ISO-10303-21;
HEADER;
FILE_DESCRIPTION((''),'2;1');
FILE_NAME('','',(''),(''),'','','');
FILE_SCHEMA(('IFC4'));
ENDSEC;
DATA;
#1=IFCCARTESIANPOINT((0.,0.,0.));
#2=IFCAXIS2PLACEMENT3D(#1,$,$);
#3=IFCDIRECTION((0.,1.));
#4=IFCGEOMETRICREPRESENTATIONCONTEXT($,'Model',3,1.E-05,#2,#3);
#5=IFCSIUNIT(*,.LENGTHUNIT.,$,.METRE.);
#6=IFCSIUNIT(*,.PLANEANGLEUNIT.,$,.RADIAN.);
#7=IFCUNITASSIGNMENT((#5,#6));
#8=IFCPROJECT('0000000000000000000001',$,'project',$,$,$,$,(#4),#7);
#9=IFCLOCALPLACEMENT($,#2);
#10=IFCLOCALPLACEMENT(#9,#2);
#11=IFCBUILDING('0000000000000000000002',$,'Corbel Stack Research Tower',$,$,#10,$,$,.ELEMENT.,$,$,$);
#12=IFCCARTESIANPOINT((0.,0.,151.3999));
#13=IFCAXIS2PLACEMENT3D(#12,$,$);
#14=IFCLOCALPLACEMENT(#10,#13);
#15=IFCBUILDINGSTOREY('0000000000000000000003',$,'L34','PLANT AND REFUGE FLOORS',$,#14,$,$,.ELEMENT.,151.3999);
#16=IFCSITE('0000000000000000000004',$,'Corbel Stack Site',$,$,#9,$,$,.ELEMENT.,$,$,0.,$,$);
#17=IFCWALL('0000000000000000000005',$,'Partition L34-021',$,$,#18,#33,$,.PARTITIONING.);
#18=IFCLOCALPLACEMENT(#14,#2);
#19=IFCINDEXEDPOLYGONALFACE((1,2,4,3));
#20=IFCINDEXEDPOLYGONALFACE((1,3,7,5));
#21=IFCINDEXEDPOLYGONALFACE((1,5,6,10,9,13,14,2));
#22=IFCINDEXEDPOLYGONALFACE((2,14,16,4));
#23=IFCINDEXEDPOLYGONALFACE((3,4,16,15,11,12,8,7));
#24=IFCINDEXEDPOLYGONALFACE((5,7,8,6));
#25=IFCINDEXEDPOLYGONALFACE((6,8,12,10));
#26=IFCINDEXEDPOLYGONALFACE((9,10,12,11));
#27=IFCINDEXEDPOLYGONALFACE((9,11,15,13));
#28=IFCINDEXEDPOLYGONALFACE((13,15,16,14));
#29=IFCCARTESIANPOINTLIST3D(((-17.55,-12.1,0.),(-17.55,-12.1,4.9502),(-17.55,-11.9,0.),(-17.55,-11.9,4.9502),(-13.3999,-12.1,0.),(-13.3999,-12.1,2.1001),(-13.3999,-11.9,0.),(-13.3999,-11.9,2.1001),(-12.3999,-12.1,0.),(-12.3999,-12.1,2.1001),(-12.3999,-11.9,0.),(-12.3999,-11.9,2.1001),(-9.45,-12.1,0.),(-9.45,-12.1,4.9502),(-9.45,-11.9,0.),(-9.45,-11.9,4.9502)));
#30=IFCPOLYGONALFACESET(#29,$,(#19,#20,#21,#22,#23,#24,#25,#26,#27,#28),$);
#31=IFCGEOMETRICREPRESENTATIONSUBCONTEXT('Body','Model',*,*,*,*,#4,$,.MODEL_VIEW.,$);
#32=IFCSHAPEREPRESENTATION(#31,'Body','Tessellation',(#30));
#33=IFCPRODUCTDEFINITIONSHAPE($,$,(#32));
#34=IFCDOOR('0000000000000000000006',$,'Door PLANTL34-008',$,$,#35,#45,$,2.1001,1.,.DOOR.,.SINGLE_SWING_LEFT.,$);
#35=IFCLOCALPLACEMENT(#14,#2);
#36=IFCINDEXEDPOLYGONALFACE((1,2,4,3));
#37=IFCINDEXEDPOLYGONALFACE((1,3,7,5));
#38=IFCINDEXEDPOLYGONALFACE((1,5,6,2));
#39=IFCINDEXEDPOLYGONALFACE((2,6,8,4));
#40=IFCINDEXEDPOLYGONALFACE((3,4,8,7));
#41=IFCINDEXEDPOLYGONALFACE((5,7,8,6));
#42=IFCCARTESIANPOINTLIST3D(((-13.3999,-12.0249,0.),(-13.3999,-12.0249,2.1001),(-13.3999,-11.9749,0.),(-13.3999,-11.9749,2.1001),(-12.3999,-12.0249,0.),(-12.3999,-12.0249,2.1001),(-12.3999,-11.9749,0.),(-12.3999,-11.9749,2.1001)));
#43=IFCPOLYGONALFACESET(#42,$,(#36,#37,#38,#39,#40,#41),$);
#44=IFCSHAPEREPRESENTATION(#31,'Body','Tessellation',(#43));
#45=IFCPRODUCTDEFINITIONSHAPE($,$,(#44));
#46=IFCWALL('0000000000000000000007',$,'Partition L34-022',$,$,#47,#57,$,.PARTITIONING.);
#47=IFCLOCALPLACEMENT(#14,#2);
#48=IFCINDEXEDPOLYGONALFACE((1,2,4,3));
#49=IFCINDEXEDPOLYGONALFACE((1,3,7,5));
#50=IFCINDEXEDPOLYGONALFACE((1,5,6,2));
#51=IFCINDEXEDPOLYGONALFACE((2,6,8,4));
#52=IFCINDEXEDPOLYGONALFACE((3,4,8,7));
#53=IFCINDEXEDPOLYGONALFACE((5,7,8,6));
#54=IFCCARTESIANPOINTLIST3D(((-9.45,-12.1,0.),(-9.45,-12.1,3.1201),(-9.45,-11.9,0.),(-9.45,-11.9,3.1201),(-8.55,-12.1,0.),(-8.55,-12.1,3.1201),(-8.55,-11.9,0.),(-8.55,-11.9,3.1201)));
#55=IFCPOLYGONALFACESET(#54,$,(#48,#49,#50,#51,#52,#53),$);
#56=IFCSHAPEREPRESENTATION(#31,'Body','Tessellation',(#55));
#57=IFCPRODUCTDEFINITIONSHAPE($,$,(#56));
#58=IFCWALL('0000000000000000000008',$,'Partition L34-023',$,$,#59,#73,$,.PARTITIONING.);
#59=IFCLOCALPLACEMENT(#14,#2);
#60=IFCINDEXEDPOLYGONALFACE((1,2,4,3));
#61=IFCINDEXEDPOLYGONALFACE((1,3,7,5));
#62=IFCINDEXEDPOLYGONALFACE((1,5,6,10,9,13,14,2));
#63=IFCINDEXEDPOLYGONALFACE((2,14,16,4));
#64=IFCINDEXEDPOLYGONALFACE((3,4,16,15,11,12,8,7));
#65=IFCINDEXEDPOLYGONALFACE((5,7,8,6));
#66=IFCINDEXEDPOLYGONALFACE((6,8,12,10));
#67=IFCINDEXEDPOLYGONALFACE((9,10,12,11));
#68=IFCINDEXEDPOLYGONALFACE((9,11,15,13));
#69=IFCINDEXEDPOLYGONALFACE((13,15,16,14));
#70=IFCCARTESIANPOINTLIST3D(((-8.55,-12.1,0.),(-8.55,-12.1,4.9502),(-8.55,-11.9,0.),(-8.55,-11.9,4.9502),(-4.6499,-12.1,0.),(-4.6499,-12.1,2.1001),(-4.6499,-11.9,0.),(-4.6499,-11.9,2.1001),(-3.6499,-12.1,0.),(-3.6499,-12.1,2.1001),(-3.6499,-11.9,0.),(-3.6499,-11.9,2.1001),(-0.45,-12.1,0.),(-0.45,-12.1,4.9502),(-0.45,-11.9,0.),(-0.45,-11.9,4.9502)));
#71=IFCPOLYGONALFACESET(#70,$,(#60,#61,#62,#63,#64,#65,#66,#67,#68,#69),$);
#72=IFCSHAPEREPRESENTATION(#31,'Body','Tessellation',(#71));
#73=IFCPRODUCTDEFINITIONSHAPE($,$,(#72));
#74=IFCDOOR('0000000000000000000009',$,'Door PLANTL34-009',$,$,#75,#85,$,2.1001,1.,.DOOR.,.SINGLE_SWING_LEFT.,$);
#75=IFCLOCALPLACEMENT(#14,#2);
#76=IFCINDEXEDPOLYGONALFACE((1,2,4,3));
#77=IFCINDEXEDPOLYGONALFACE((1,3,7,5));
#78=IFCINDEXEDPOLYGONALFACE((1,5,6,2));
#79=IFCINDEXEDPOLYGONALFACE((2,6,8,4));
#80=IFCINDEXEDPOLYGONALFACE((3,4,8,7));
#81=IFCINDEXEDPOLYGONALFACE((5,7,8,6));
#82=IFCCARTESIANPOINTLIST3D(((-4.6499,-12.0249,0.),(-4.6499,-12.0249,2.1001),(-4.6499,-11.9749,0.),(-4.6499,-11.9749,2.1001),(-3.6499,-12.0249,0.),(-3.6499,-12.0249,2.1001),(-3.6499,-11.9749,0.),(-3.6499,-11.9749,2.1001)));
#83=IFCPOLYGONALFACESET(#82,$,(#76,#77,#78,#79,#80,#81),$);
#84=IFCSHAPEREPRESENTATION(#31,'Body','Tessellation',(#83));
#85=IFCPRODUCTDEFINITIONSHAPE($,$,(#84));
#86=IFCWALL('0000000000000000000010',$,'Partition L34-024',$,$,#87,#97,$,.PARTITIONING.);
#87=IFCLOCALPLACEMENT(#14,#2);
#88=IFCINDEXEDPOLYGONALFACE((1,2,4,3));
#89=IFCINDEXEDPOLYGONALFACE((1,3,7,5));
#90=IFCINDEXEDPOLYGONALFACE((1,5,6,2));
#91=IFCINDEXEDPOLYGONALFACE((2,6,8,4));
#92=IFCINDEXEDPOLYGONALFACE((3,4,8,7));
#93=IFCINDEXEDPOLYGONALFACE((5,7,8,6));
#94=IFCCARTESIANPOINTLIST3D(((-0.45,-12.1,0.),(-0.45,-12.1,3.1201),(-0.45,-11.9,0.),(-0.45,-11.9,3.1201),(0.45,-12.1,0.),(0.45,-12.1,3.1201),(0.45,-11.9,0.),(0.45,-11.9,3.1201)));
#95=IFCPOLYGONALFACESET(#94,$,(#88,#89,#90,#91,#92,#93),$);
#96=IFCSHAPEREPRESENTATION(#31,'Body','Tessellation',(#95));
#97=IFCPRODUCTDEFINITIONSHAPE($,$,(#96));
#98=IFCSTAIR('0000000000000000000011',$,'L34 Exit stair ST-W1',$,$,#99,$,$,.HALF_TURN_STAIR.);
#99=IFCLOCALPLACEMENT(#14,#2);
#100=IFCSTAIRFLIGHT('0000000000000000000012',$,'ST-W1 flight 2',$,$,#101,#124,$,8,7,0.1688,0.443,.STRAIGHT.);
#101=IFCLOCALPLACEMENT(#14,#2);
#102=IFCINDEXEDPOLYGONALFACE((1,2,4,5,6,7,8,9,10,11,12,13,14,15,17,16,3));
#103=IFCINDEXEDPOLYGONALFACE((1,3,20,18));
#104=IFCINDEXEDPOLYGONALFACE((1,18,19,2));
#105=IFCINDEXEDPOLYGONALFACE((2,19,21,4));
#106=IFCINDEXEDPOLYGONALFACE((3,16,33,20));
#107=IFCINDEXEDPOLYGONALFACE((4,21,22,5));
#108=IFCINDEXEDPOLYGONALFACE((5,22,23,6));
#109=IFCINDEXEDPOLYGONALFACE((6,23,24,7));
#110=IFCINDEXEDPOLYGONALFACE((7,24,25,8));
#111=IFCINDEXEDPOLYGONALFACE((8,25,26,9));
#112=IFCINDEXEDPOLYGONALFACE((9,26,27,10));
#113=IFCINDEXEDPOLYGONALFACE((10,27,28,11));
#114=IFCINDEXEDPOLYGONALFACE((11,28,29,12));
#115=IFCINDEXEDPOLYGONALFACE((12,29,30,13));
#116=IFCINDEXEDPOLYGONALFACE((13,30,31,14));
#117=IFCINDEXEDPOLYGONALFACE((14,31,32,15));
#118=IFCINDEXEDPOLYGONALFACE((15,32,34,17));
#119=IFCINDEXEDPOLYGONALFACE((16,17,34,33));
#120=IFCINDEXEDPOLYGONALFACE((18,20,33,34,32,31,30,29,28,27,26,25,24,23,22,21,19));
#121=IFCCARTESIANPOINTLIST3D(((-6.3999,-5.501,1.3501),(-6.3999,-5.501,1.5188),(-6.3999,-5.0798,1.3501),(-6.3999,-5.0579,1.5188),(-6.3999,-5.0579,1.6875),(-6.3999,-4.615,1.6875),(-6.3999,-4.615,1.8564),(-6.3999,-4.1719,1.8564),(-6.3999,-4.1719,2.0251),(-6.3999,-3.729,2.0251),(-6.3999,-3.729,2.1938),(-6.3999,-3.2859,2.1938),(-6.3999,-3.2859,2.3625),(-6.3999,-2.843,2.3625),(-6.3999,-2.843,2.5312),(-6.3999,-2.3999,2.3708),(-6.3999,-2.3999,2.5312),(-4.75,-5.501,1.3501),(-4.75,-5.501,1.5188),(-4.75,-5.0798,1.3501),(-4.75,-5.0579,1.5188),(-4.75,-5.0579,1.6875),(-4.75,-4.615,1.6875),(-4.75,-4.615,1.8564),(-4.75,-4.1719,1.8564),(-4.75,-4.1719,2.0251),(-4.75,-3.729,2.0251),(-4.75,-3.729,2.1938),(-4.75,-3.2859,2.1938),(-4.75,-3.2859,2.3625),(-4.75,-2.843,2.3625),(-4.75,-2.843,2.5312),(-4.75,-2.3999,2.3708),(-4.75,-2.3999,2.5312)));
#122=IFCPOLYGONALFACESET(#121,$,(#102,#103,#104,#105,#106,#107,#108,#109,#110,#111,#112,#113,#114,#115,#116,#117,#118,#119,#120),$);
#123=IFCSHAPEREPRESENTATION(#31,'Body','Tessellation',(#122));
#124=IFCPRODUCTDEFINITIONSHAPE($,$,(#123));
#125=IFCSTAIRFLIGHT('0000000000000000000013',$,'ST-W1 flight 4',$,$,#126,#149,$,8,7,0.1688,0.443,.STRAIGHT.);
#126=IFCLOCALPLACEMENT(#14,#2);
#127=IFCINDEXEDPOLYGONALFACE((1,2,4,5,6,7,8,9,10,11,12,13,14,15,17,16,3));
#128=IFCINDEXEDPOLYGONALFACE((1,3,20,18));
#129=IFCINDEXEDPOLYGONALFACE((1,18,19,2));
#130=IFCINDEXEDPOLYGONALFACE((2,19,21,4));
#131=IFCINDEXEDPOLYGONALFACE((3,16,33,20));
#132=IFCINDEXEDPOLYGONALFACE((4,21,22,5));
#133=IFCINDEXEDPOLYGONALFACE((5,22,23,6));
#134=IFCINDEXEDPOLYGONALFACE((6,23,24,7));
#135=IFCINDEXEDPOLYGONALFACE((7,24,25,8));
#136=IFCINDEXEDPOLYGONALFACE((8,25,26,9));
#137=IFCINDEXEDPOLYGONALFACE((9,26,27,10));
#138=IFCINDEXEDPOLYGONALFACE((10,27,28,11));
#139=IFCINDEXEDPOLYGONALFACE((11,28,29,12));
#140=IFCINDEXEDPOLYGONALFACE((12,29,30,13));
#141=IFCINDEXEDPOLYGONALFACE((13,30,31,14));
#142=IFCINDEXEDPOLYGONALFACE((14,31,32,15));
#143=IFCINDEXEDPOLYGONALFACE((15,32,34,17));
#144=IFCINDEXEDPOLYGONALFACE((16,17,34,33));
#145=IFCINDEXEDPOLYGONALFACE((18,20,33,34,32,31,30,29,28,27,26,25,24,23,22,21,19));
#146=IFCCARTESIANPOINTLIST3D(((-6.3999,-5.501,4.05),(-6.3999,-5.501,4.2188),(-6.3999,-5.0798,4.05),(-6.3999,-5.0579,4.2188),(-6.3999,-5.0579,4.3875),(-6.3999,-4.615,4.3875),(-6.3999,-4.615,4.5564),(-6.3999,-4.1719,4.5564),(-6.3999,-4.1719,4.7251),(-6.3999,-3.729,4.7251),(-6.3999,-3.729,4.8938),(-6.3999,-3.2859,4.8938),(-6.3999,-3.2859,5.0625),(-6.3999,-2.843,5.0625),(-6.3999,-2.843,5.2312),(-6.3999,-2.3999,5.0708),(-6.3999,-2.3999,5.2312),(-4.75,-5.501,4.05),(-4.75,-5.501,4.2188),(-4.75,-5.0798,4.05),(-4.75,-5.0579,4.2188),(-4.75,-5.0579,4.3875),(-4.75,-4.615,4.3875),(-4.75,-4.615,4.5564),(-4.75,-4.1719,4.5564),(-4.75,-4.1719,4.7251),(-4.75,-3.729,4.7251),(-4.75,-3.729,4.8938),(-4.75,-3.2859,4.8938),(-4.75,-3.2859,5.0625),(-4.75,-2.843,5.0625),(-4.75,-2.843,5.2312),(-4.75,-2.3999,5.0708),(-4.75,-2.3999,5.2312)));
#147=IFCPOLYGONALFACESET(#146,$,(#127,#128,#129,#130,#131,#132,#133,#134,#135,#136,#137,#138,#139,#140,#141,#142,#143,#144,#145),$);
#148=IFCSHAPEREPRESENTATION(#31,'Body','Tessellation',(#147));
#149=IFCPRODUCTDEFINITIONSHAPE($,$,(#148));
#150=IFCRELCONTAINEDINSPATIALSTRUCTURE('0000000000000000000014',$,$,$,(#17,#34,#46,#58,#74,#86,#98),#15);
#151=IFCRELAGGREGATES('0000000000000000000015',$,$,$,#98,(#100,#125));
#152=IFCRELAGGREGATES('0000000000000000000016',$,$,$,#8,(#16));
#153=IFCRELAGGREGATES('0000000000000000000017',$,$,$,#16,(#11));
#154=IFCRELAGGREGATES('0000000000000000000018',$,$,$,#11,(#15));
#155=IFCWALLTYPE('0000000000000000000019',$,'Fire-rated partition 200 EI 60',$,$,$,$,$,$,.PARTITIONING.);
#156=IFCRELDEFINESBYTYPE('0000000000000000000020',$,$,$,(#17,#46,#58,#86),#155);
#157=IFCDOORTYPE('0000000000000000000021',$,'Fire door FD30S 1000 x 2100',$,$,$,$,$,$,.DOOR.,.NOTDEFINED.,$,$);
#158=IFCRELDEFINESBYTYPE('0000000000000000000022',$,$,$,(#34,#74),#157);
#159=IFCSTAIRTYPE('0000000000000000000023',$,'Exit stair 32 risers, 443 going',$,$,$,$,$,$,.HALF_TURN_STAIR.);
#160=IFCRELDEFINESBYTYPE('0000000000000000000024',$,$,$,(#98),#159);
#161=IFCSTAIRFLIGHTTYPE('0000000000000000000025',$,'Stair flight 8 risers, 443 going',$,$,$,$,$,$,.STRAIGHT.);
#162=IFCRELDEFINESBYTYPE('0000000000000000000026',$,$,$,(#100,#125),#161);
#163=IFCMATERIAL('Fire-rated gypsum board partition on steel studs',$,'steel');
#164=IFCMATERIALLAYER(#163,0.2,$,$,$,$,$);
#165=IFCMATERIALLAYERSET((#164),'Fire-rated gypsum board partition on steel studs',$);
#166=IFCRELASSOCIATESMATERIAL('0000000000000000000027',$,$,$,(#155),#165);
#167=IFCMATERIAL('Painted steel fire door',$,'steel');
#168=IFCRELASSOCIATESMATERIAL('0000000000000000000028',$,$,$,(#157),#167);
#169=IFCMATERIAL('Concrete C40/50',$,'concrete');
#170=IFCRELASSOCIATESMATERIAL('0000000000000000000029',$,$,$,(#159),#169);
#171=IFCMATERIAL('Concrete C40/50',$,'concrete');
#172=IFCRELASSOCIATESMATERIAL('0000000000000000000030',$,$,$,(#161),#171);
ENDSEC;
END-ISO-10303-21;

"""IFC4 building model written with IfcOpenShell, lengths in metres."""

from ifc_helpers import new_model, si_unit, direction, frame, frame_2d, origin, place, context, subcontext, project, spatial, polyline, rectangle, outline, extrude, material, layer, layer_set, type_object, element, fill, aggregate, save


model = new_model("IFC4")

# Units and contexts
model_context = context("Model", 3, precision=1e-05, world=origin(), true_north=direction((0.0, 1.0)))
body_context = subcontext(model_context, "Body", "Model", "MODEL_VIEW")
ifc_project = project(units=[si_unit("LENGTHUNIT", "METRE"), si_unit("PLANEANGLEUNIT", "RADIAN")], contexts=[model_context])

# Site, building, storey
site_placement = place(None, origin())
site = spatial("IfcSite", under=ifc_project, at=site_placement, Name="Corbel Stack Site", CompositionType="ELEMENT", RefElevation=0.0)
building_placement = place(site_placement, origin())
building = spatial("IfcBuilding", under=site, at=building_placement, Name="Corbel Stack Research Tower", CompositionType="ELEMENT")
storey_placement = place(building_placement, frame((0.0, 0.0, 151.3999)))
storey = spatial("IfcBuildingStorey", under=building, at=storey_placement, Name="L34", Description="PLANT AND REFUGE FLOORS", CompositionType="ELEMENT", Elevation=151.3999)

# Wall, opening, door
ifc_material_1 = material(Name="Fire-rated gypsum board partition on steel studs", Category="steel")
ifc_layer_1 = layer(ifc_material_1, 0.2)
ifc_layer_set_1 = layer_set([ifc_layer_1], Name="Fire-rated gypsum board partition on steel studs")
wall_type_1 = type_object("IfcWallType", Name="Fire-rated partition 200 EI 60", PredefinedType="PARTITIONING", material=ifc_layer_set_1)
wall_1_placement = place(storey_placement, frame((-9.45, -12.0, 0.0), z_axis=(0.0, 0.0, 1.0), x_axis=(-1.0, 0.0, 0.0)))
wall_1 = element("IfcWall", 1, at=wall_1_placement, inside=storey, type_object=wall_type_1, Name="Partition L34-021", PredefinedType="PARTITIONING", context=body_context, shape_type="SweptSolid", body=[
    extrude(rectangle(XDim=8.1001, YDim=0.2, at=frame_2d((4.05, 0.0))), origin(), (0.0, 0.0, 1.0), 4.9502),
])
opening_1_placement = place(wall_1_placement, frame((2.95, 0.0, 0.0)))
opening_1 = element("IfcOpeningElement", 2, at=opening_1_placement, cuts=wall_1, PredefinedType="OPENING", context=body_context, shape_type="SweptSolid", body=[
    extrude(rectangle(XDim=1.0, YDim=2.1001, at=frame_2d((0.5, 1.05))), frame((0.0, 0.1099, 0.0), z_axis=(0.0, -1.0, 0.0), x_axis=(1.0, 0.0, 0.0)), (0.0, 0.0, 1.0), 0.22),
])
ifc_material_2 = material(Name="Painted steel fire door", Category="steel")
door_type_1 = type_object("IfcDoorType", Name="Fire door FD30S 1000 x 2100", OperationType="NOTDEFINED", PredefinedType="DOOR", material=ifc_material_2)
door_1_placement = place(opening_1_placement, origin())
door_1 = element("IfcDoor", 3, at=door_1_placement, inside=storey, type_object=door_type_1, Name="Door PLANTL34-008", OperationType="SINGLE_SWING_LEFT", OverallHeight=2.1001, OverallWidth=1.0, PredefinedType="DOOR", context=body_context, shape_type="SweptSolid", body=[
    extrude(rectangle(XDim=1.0, YDim=2.1001, at=frame_2d((0.5, 1.05))), frame((0.0, 0.0249, 0.0), z_axis=(0.0, -1.0, 0.0), x_axis=(1.0, 0.0, 0.0)), (0.0, 0.0, 1.0), 0.05),
])
fill(opening_1, door_1)

# Wall
wall_2_placement = place(storey_placement, frame((-9.45, -12.0, 0.0), z_axis=(0.0, 0.0, 1.0), x_axis=(1.0, 0.0, 0.0)))
element("IfcWall", 4, at=wall_2_placement, inside=storey, type_object=wall_type_1, Name="Partition L34-022", PredefinedType="PARTITIONING", context=body_context, shape_type="SweptSolid", body=[
    extrude(rectangle(XDim=0.8999, YDim=0.2, at=frame_2d((0.45, 0.0))), origin(), (0.0, 0.0, 1.0), 3.1201),
])

# Wall, opening, door
wall_3_placement = place(storey_placement, frame((-0.45, -12.0, 0.0), z_axis=(0.0, 0.0, 1.0), x_axis=(-1.0, 0.0, 0.0)))
wall_3 = element("IfcWall", 5, at=wall_3_placement, inside=storey, type_object=wall_type_1, Name="Partition L34-023", PredefinedType="PARTITIONING", context=body_context, shape_type="SweptSolid", body=[
    extrude(rectangle(XDim=8.1001, YDim=0.2, at=frame_2d((4.05, 0.0))), origin(), (0.0, 0.0, 1.0), 4.9502),
])
opening_2_placement = place(wall_3_placement, frame((3.2, 0.0, 0.0)))
opening_2 = element("IfcOpeningElement", 6, at=opening_2_placement, cuts=wall_3, PredefinedType="OPENING", context=body_context, shape_type="SweptSolid", body=[
    extrude(rectangle(XDim=1.0, YDim=2.1001, at=frame_2d((0.5, 1.05))), frame((0.0, 0.1099, 0.0), z_axis=(0.0, -1.0, 0.0), x_axis=(1.0, 0.0, 0.0)), (0.0, 0.0, 1.0), 0.22),
])
door_2_placement = place(opening_2_placement, origin())
door_2 = element("IfcDoor", 7, at=door_2_placement, inside=storey, type_object=door_type_1, Name="Door PLANTL34-009", OperationType="SINGLE_SWING_LEFT", OverallHeight=2.1001, OverallWidth=1.0, PredefinedType="DOOR", context=body_context, shape_type="SweptSolid", body=[
    extrude(rectangle(XDim=1.0, YDim=2.1001, at=frame_2d((0.5, 1.05))), frame((0.0, 0.0249, 0.0), z_axis=(0.0, -1.0, 0.0), x_axis=(1.0, 0.0, 0.0)), (0.0, 0.0, 1.0), 0.05),
])
fill(opening_2, door_2)

# Wall
wall_4_placement = place(storey_placement, frame((-0.45, -12.0, 0.0), z_axis=(0.0, 0.0, 1.0), x_axis=(1.0, 0.0, 0.0)))
element("IfcWall", 8, at=wall_4_placement, inside=storey, type_object=wall_type_1, Name="Partition L34-024", PredefinedType="PARTITIONING", context=body_context, shape_type="SweptSolid", body=[
    extrude(rectangle(XDim=0.8999, YDim=0.2, at=frame_2d((0.45, 0.0))), origin(), (0.0, 0.0, 1.0), 3.1201),
])

# Stair, stair flights
ifc_material_3 = material(Name="Concrete C40/50", Category="concrete")
stair_type = type_object("IfcStairType", Name="Exit stair 32 risers, 443 going", PredefinedType="HALF_TURN_STAIR", material=ifc_material_3)
stair_placement = place(storey_placement, origin())
stair = element("IfcStair", 9, at=stair_placement, inside=storey, type_object=stair_type, Name="L34 Exit stair ST-W1", PredefinedType="HALF_TURN_STAIR")
ifc_material_4 = material(Name="Concrete C40/50", Category="concrete")
stair_flight_type = type_object("IfcStairFlightType", Name="Stair flight 8 risers, 443 going", PredefinedType="STRAIGHT", material=ifc_material_4)
stair_flight_1_placement = place(storey_placement, frame((-5.575, -5.501, 1.3501), z_axis=(0.0, 0.0, 1.0), x_axis=(0.0, 1.0, 0.0)))
stair_flight_1 = element("IfcStairFlight", 10, at=stair_flight_1_placement, type_object=stair_flight_type, Name="ST-W1 flight 2", NumberOfRisers=8, NumberOfTreads=7, PredefinedType="STRAIGHT", RiserHeight=0.1688, TreadLength=0.443, context=body_context, shape_type="SweptSolid", body=[
    extrude(outline(polyline([(0.0, 0.0), (0.0, 0.1687), (0.4431, 0.1687), (0.4431, 0.3374), (0.886, 0.3374), (0.886, 0.5063), (1.3291, 0.5063), (1.3291, 0.675), (1.772, 0.675), (1.772, 0.8438), (2.2151, 0.8438), (2.2151, 1.0125), (2.658, 1.0125), (2.658, 1.1812), (3.1011, 1.1812), (3.1011, 1.3501), (3.1011, 1.0208), (0.4211, 0.0), (0.0, 0.0)])), frame((0.0, 0.825, 0.0), z_axis=(0.0, -1.0, 0.0), x_axis=(1.0, 0.0, 0.0)), (0.0, 0.0, 1.0), 1.6499),
])
stair_flight_2_placement = place(storey_placement, frame((-5.575, -5.501, 4.05), z_axis=(0.0, 0.0, 1.0), x_axis=(0.0, 1.0, 0.0)))
stair_flight_2 = element("IfcStairFlight", 11, at=stair_flight_2_placement, type_object=stair_flight_type, Name="ST-W1 flight 4", NumberOfRisers=8, NumberOfTreads=7, PredefinedType="STRAIGHT", RiserHeight=0.1688, TreadLength=0.443, context=body_context, shape_type="SweptSolid", body=[
    extrude(outline(polyline([(0.0, 0.0), (0.0, 0.1687), (0.4431, 0.1687), (0.4431, 0.3374), (0.886, 0.3374), (0.886, 0.5063), (1.3291, 0.5063), (1.3291, 0.675), (1.772, 0.675), (1.772, 0.8438), (2.2151, 0.8438), (2.2151, 1.0125), (2.658, 1.0125), (2.658, 1.1812), (3.1011, 1.1812), (3.1011, 1.3501), (3.1011, 1.0208), (0.4211, 0.0), (0.0, 0.0)])), frame((0.0, 0.825, 0.0), z_axis=(0.0, -1.0, 0.0), x_axis=(1.0, 0.0, 0.0)), (0.0, 0.0, 1.0), 1.6499),
])
aggregate(stair, [stair_flight_1, stair_flight_2])

save(model, "model.ifc")
